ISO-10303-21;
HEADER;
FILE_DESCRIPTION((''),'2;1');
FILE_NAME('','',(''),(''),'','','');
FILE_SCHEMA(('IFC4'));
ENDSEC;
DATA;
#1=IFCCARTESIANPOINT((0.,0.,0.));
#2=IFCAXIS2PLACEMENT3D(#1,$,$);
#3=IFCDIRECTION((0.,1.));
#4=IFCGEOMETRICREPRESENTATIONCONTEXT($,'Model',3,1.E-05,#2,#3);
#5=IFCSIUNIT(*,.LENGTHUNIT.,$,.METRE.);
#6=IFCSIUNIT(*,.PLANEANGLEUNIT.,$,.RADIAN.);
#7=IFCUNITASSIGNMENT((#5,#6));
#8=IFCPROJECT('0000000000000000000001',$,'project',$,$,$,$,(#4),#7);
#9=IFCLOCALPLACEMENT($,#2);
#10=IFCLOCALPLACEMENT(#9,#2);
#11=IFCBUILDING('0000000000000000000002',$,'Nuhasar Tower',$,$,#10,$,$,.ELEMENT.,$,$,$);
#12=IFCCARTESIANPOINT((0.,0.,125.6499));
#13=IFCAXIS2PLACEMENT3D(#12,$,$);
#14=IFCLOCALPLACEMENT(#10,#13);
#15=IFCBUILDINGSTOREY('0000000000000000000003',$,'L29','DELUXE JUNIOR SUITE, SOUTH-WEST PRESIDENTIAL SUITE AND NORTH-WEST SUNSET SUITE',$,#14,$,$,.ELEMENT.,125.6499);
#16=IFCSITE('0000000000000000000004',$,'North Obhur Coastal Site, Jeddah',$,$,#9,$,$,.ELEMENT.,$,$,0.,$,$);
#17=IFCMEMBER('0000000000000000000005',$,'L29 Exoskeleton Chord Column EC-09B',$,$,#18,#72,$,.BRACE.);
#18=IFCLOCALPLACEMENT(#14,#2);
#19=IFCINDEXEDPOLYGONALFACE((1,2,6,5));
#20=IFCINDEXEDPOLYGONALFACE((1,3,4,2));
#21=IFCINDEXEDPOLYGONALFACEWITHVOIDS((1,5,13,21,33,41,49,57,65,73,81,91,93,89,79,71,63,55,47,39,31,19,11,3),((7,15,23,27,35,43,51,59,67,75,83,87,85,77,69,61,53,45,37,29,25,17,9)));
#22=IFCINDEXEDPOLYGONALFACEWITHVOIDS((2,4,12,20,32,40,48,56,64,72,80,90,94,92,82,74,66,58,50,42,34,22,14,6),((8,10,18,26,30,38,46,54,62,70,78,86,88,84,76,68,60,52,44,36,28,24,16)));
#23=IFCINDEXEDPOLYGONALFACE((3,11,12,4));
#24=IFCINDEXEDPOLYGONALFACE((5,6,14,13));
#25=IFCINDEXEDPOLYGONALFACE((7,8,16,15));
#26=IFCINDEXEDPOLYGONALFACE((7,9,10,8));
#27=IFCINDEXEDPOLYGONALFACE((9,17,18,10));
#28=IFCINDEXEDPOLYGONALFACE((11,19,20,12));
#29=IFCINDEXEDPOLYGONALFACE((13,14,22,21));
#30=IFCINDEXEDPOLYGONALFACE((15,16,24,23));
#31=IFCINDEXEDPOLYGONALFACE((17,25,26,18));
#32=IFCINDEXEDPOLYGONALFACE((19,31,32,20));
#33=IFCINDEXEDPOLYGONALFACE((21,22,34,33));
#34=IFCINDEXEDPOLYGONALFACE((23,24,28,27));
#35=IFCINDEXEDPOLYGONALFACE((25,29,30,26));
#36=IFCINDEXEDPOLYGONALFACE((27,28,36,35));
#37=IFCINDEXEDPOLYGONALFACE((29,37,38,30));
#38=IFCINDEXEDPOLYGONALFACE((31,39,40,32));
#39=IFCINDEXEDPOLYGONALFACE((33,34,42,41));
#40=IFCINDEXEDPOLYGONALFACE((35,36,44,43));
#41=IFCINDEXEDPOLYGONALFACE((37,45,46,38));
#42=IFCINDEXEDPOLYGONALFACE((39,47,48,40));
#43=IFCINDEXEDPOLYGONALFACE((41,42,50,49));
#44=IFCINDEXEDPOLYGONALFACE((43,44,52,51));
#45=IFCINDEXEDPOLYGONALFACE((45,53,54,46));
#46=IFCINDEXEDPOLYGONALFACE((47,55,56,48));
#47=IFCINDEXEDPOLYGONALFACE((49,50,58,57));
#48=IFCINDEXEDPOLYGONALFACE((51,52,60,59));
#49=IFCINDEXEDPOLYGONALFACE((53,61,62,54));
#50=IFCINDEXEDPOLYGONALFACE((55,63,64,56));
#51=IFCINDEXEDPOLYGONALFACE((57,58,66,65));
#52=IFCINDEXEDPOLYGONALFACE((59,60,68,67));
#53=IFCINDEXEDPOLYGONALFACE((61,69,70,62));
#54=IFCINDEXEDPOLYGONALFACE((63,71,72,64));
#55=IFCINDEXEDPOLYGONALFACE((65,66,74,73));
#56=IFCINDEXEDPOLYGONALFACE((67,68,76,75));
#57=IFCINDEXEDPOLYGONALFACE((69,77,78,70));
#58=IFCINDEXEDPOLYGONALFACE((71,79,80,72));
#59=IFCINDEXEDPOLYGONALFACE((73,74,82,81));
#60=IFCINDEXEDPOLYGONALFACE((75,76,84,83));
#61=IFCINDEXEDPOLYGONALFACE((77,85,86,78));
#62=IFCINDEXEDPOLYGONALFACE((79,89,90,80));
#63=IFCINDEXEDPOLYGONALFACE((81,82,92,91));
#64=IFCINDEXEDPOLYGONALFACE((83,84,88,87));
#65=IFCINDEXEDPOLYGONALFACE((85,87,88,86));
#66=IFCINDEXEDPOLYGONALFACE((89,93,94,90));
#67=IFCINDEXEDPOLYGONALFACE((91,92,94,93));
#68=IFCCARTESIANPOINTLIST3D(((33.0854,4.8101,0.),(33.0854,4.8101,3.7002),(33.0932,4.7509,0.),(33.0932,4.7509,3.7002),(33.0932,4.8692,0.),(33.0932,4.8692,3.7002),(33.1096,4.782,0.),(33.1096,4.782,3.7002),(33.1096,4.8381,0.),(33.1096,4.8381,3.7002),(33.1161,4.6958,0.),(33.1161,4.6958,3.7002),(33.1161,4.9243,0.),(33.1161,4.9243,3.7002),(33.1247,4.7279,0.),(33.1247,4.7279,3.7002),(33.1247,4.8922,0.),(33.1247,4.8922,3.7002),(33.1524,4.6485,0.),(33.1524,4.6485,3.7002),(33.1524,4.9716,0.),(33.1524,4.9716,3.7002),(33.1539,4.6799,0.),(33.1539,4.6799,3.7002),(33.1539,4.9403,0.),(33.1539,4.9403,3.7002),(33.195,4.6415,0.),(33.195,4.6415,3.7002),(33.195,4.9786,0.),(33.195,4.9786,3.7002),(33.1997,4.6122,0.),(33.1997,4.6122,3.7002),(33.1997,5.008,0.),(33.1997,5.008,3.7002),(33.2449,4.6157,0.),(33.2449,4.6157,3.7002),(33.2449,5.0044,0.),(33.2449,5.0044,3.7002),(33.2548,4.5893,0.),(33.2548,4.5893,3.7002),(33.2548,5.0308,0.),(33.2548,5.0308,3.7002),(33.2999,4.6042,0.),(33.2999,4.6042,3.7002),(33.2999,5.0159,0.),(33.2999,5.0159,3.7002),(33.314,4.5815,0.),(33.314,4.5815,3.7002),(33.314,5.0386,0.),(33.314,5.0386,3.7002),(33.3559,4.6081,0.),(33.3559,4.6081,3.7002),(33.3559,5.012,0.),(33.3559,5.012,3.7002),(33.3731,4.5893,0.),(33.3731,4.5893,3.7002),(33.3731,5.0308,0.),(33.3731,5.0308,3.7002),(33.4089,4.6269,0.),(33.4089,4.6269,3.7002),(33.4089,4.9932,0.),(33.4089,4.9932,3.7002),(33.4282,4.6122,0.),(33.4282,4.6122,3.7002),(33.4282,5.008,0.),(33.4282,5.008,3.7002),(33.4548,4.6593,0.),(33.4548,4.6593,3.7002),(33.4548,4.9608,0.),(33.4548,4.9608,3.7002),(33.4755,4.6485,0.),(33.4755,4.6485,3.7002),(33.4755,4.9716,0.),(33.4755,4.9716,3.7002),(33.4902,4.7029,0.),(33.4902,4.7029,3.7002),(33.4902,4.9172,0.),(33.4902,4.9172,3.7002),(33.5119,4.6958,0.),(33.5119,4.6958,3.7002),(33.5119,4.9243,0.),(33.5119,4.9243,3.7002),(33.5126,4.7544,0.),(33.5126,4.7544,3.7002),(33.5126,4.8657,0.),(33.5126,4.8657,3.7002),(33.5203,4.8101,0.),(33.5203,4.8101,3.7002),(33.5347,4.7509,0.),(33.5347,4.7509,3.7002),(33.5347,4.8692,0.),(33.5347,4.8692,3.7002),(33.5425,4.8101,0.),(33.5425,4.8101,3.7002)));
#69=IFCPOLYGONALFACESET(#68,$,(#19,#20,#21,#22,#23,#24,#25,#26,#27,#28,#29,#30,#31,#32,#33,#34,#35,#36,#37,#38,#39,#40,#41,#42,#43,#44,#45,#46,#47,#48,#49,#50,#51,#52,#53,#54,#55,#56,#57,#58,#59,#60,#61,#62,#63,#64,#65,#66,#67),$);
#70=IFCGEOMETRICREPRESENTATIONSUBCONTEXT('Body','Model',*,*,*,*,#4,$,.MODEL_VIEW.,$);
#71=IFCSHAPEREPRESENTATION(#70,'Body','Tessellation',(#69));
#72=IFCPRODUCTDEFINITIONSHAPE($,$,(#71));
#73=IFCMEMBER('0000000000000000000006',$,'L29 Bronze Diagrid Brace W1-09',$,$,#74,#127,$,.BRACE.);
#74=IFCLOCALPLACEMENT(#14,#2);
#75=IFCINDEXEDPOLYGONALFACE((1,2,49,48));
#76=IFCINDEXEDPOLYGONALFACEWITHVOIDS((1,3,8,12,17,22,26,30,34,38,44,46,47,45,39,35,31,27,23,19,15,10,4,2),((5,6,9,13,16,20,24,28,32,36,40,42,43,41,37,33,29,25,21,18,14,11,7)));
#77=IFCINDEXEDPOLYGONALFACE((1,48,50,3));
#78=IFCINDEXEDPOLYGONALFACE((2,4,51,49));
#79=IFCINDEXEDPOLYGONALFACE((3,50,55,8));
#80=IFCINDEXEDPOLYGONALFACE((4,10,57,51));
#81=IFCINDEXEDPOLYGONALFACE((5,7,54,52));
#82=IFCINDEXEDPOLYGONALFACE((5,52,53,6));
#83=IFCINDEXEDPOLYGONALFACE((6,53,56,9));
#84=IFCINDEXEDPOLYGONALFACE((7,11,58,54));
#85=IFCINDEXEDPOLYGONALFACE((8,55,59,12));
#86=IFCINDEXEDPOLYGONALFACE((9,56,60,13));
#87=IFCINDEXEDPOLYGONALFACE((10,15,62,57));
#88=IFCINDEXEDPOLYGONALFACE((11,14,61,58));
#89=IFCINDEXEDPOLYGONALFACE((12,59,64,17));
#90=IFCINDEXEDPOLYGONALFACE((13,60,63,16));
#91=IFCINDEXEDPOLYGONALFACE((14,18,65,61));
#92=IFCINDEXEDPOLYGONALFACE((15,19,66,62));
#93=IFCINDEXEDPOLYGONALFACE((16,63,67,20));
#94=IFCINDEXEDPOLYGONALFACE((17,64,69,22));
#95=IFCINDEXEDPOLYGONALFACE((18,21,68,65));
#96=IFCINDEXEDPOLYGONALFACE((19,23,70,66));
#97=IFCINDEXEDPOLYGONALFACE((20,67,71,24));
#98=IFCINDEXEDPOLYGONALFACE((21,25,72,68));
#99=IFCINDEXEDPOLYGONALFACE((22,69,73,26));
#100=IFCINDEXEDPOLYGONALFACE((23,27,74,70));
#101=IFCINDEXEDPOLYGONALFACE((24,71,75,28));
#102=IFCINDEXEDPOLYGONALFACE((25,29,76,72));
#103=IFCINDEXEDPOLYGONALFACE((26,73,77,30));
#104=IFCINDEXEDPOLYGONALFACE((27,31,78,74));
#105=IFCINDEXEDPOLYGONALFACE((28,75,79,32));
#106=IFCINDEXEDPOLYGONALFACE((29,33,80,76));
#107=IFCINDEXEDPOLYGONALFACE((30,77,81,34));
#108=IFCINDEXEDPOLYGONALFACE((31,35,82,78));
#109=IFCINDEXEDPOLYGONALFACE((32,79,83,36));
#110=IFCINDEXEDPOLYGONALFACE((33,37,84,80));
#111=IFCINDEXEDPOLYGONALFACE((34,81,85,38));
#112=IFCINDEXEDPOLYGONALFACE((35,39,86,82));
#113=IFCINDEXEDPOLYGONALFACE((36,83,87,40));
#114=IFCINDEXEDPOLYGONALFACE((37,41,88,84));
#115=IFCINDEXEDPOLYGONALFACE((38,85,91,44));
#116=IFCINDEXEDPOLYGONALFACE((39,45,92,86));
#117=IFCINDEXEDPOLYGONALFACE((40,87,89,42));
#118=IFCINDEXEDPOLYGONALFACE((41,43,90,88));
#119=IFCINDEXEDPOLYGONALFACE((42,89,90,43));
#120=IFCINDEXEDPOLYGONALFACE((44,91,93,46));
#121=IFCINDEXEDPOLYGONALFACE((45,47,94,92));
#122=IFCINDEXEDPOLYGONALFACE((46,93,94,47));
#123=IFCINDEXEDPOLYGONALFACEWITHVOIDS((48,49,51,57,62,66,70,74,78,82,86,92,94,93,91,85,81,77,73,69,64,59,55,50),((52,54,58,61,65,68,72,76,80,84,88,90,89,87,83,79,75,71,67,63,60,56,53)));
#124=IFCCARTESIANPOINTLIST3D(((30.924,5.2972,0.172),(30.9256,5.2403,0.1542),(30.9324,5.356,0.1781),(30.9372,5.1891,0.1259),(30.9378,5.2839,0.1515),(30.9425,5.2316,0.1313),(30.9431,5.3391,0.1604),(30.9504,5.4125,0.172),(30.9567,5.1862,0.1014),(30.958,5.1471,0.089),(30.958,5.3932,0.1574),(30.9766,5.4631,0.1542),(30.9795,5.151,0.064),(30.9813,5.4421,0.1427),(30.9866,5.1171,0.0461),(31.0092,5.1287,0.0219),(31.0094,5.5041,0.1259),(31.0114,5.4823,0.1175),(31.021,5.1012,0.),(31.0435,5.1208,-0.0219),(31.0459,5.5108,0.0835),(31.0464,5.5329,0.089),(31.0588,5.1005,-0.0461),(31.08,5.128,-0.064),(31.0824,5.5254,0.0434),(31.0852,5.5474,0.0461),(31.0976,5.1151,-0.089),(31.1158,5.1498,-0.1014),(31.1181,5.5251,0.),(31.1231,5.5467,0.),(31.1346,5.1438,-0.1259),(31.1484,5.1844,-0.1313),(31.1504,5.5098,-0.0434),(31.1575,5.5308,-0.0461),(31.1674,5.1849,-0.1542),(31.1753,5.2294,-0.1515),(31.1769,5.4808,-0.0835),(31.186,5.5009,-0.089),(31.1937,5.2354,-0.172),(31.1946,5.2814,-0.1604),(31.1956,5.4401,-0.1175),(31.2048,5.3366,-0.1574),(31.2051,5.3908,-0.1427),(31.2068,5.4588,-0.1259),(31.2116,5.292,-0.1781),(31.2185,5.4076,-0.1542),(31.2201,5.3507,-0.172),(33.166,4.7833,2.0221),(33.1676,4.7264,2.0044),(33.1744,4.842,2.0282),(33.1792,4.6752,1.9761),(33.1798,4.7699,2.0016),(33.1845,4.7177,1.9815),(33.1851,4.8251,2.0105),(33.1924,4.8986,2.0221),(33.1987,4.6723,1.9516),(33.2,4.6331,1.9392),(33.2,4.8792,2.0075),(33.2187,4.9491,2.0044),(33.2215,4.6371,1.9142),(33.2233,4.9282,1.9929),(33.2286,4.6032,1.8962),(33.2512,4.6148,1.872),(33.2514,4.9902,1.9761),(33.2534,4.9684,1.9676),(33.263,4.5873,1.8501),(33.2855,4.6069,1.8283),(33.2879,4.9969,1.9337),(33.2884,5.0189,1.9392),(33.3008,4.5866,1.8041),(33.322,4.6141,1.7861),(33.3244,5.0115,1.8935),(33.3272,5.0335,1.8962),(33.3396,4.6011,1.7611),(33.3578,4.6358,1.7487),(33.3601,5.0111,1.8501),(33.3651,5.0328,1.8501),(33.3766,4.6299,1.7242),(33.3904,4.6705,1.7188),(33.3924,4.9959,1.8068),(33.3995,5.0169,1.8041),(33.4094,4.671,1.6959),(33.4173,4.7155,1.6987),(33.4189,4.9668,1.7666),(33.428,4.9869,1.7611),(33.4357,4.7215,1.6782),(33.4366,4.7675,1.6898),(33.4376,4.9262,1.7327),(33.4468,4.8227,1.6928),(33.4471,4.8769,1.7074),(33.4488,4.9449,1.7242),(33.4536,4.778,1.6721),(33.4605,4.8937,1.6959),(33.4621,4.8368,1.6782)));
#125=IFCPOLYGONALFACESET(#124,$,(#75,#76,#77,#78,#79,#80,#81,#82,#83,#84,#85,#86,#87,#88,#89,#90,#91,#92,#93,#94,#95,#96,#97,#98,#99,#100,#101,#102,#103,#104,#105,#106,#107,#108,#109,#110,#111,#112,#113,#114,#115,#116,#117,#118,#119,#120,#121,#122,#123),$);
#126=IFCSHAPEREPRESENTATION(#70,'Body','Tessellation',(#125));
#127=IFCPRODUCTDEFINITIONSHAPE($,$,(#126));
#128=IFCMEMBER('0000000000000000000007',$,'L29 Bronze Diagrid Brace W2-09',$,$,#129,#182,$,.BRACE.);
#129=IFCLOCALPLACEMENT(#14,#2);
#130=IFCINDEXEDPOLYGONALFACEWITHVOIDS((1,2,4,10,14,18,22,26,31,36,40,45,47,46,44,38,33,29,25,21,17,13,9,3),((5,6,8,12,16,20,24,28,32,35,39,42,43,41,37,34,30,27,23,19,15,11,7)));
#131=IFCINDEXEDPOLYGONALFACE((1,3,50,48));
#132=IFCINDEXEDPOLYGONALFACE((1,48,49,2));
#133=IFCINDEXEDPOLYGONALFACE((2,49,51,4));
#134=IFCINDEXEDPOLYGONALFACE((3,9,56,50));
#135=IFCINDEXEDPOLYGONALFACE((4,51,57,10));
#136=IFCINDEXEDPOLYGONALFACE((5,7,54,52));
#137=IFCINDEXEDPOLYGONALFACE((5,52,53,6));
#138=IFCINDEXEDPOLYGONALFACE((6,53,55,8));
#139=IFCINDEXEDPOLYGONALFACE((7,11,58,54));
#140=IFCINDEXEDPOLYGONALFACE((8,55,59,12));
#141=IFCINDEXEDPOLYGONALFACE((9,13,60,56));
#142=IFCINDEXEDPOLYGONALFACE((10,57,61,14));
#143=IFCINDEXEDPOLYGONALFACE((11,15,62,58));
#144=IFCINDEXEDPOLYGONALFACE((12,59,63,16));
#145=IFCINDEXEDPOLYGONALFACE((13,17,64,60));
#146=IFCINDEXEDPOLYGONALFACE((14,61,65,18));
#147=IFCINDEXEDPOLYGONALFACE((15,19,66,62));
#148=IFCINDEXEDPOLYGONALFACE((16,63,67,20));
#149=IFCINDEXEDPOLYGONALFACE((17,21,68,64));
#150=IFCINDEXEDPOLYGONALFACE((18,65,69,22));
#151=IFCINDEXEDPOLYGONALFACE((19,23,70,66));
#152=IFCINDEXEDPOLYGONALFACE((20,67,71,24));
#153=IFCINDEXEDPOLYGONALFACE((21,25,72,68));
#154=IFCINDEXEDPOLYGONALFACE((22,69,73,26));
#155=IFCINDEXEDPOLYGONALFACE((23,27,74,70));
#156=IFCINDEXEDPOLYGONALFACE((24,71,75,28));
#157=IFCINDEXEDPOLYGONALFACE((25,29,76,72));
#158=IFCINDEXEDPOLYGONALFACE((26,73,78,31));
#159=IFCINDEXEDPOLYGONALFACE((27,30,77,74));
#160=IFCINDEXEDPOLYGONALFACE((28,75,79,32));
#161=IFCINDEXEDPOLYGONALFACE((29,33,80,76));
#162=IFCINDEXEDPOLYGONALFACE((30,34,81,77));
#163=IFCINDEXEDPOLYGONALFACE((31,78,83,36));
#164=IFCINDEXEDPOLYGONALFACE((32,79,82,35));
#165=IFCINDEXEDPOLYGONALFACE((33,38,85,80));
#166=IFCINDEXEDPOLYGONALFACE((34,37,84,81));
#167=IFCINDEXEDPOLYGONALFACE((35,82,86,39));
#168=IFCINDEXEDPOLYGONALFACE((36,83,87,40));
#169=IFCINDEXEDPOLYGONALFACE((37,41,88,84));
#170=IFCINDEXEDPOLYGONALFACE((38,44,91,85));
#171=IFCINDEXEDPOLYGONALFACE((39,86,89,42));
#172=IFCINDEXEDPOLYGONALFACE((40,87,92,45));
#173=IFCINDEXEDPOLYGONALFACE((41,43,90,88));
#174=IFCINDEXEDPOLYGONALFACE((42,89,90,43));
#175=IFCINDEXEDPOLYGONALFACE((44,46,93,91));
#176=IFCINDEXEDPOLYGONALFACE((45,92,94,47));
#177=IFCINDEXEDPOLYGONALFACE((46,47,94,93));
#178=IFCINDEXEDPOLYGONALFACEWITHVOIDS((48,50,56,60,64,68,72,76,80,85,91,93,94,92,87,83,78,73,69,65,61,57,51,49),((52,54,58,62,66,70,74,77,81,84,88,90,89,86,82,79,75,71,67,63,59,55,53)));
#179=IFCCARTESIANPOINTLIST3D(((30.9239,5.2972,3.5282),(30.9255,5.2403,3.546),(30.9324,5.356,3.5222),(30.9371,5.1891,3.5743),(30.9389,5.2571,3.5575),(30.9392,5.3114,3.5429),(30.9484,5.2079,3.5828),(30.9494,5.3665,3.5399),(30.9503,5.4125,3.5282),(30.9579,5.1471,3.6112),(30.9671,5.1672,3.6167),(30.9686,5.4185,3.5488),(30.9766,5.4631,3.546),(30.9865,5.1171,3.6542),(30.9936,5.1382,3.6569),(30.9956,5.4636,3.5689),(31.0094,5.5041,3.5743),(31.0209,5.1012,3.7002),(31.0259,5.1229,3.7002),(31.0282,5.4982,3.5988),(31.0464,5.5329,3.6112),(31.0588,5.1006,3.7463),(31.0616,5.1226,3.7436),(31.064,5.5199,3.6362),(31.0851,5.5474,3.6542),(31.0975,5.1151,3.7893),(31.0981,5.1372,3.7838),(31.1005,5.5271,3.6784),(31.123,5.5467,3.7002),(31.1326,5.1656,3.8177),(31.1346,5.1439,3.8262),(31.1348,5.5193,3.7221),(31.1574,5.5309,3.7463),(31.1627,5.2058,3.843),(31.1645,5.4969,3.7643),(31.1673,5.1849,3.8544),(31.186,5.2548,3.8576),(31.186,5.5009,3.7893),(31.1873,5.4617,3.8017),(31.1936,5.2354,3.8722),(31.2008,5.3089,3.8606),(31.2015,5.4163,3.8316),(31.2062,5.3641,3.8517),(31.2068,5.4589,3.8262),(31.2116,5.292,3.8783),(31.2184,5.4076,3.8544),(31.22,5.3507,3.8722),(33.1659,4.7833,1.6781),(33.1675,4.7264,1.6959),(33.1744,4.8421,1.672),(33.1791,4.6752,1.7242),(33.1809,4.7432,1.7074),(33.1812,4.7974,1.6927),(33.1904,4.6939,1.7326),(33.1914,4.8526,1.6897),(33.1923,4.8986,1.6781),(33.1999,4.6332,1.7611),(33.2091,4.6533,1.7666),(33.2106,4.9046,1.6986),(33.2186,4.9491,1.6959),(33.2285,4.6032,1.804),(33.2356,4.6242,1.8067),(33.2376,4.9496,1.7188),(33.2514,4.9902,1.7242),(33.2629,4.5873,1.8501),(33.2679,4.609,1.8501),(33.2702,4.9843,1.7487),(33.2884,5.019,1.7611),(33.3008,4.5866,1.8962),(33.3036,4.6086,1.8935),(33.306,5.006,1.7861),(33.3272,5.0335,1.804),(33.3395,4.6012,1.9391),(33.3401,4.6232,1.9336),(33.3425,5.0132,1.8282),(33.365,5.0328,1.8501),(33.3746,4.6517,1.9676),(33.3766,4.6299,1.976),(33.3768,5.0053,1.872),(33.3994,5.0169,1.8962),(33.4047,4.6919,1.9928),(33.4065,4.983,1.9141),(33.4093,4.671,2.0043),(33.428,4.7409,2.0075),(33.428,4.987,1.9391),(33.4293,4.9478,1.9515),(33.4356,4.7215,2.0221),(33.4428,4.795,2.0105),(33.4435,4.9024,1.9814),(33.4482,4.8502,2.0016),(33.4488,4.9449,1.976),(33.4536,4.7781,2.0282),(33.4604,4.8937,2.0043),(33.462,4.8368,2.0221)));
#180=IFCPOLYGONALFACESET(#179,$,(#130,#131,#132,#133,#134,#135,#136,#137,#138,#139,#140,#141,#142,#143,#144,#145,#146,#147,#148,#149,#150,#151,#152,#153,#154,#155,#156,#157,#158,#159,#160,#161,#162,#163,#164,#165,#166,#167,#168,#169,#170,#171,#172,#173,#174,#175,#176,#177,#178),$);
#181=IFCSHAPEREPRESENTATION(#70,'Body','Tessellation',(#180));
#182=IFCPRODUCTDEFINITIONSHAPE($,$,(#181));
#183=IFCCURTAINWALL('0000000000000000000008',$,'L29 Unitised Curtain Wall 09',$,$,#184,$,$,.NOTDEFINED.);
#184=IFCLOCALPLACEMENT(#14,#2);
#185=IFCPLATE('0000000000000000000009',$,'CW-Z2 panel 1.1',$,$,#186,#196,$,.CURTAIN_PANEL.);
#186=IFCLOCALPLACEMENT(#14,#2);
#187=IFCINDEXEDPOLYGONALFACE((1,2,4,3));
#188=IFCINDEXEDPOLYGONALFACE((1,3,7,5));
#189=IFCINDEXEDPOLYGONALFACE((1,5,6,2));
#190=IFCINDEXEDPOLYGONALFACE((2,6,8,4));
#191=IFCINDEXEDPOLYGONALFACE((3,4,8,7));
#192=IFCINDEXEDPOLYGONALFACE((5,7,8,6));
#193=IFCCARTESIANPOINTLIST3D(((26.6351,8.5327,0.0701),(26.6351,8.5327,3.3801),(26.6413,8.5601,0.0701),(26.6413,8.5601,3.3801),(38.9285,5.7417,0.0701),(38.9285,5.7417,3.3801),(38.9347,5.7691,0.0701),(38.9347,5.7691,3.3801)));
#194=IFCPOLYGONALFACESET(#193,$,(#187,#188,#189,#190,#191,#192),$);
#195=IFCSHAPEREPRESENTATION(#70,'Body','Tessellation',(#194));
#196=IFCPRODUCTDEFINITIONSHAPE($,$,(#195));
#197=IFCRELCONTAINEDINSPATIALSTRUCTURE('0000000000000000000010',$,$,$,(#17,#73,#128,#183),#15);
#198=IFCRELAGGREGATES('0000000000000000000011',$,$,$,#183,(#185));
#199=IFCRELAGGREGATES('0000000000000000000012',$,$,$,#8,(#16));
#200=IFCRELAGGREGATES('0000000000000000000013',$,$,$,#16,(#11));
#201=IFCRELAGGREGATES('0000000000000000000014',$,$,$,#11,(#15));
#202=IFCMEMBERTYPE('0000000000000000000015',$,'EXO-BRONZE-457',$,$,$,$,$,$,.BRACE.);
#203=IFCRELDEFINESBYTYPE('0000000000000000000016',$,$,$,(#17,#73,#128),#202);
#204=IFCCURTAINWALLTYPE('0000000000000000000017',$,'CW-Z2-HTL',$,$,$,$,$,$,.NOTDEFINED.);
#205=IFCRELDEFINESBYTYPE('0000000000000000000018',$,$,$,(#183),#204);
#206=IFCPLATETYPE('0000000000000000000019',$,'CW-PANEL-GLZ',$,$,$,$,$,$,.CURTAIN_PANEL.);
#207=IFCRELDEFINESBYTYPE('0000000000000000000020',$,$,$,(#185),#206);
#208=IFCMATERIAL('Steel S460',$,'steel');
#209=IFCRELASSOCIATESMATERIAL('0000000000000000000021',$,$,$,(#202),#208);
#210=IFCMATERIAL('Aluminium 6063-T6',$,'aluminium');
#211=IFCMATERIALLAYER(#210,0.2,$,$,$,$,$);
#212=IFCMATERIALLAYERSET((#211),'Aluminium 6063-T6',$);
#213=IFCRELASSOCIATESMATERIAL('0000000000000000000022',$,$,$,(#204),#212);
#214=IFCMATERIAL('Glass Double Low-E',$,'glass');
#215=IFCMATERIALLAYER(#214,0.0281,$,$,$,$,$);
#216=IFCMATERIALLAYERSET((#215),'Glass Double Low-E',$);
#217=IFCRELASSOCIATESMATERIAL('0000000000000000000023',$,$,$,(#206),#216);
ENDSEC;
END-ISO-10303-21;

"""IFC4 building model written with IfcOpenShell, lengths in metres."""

from ifc_helpers import new_model, si_unit, direction, frame, origin, origin_2d, place, context, subcontext, project, spatial, rectangle, hollow_circle, extrude, material, layer, layer_set, material_profile, profile_set, type_object, element, aggregate, save


model = new_model("IFC4")

# Units and contexts
model_context = context("Model", 3, precision=1e-05, world=origin(), true_north=direction((0.0, 1.0)))
body_context = subcontext(model_context, "Body", "Model", "MODEL_VIEW")
ifc_project = project(units=[si_unit("LENGTHUNIT", "METRE"), si_unit("PLANEANGLEUNIT", "RADIAN")], contexts=[model_context])

# Site, building, storey
site_placement = place(None, origin())
site = spatial("IfcSite", under=ifc_project, at=site_placement, Name="North Obhur Coastal Site, Jeddah", CompositionType="ELEMENT", RefElevation=0.0)
building_placement = place(site_placement, origin())
building = spatial("IfcBuilding", under=site, at=building_placement, Name="Nuhasar Tower", CompositionType="ELEMENT")
storey_placement = place(building_placement, frame((0.0, 0.0, 125.6499)))
storey = spatial("IfcBuildingStorey", under=building, at=storey_placement, Name="L29", Description="DELUXE JUNIOR SUITE, SOUTH-WEST PRESIDENTIAL SUITE AND NORTH-WEST SUNSET SUITE", CompositionType="ELEMENT", Elevation=125.6499)

# Members
ifc_material_1 = material(Name="Steel S460", Category="steel")
ifc_material_profile_1 = material_profile(ifc_material_1, hollow_circle(Radius=0.2285, WallThickness=0.0222, at=origin_2d()), Name="HSS457X22.2")
ifc_profile_set_1 = profile_set([ifc_material_profile_1], Name="Steel S460")
member_type = type_object("IfcMemberType", Name="EXO-BRONZE-457", PredefinedType="BRACE", material=ifc_profile_set_1)
for number, where, z_axis, x_axis, name in (
    (1, (33.314, 4.8101, 0.0), (0.0, 0.0, 1.0), (1.0, 0.0, 0.0), "L29 Exoskeleton Chord Column EC-09B"),
):
    element("IfcMember", number, at=place(storey_placement, frame(where, z_axis=z_axis, x_axis=x_axis)), inside=storey, type_object=member_type, Name=name, PredefinedType="BRACE", context=body_context, shape_type="SweptSolid", body=[
        extrude(hollow_circle(Radius=0.2285, WallThickness=0.0222, at=origin_2d()), origin(), (0.0, 0.0, 1.0), 3.7002),
    ])
for number, where, z_axis, x_axis, name in (
    (2, (31.072, 5.324, 0.0), (0.75951, -0.174101, 0.626764), (0.223433, 0.974719, 0.0), "L29 Bronze Diagrid Brace W1-09"),
    (3, (33.314, 4.8101, 1.8501), (-0.75951, 0.174101, 0.626764), (-0.223433, -0.974719, 0.0), "L29 Bronze Diagrid Brace W2-09"),
):
    element("IfcMember", number, at=place(storey_placement, frame(where, z_axis=z_axis, x_axis=x_axis)), inside=storey, type_object=member_type, Name=name, PredefinedType="BRACE", context=body_context, shape_type="SweptSolid", body=[
        extrude(hollow_circle(Radius=0.2285, WallThickness=0.0222, at=origin_2d()), origin(), (0.0, 0.0, 1.0), 2.9519),
    ])

# Curtain wall, plate
ifc_material_2 = material(Name="Aluminium 6063-T6", Category="aluminium")
ifc_layer_1 = layer(ifc_material_2, 0.2)
ifc_layer_set_1 = layer_set([ifc_layer_1], Name="Aluminium 6063-T6")
curtain_wall_type = type_object("IfcCurtainWallType", Name="CW-Z2-HTL", PredefinedType="NOTDEFINED", material=ifc_layer_set_1)
curtain_wall_placement = place(storey_placement, origin())
curtain_wall = element("IfcCurtainWall", 4, at=curtain_wall_placement, inside=storey, type_object=curtain_wall_type, Name="L29 Unitised Curtain Wall 09", PredefinedType="NOTDEFINED")
ifc_material_3 = material(Name="Glass Double Low-E", Category="glass")
ifc_layer_2 = layer(ifc_material_3, 0.0281)
ifc_layer_set_2 = layer_set([ifc_layer_2], Name="Glass Double Low-E")
plate_type = type_object("IfcPlateType", Name="CW-PANEL-GLZ", PredefinedType="CURTAIN_PANEL", material=ifc_layer_set_2)
plate_placement = place(storey_placement, frame((32.7849, 7.1509, 0.0701), z_axis=(0.0, 0.0, 1.0), x_axis=(0.975184, -0.221397, 0.0)))
plate = element("IfcPlate", 5, at=plate_placement, type_object=plate_type, Name="CW-Z2 panel 1.1", PredefinedType="CURTAIN_PANEL", context=body_context, shape_type="SweptSolid", body=[
    extrude(rectangle(XDim=12.6062, YDim=0.0281, at=origin_2d()), origin(), (0.0, 0.0, 1.0), 3.3101),
])
aggregate(curtain_wall, [plate])

save(model, "model.ifc")
